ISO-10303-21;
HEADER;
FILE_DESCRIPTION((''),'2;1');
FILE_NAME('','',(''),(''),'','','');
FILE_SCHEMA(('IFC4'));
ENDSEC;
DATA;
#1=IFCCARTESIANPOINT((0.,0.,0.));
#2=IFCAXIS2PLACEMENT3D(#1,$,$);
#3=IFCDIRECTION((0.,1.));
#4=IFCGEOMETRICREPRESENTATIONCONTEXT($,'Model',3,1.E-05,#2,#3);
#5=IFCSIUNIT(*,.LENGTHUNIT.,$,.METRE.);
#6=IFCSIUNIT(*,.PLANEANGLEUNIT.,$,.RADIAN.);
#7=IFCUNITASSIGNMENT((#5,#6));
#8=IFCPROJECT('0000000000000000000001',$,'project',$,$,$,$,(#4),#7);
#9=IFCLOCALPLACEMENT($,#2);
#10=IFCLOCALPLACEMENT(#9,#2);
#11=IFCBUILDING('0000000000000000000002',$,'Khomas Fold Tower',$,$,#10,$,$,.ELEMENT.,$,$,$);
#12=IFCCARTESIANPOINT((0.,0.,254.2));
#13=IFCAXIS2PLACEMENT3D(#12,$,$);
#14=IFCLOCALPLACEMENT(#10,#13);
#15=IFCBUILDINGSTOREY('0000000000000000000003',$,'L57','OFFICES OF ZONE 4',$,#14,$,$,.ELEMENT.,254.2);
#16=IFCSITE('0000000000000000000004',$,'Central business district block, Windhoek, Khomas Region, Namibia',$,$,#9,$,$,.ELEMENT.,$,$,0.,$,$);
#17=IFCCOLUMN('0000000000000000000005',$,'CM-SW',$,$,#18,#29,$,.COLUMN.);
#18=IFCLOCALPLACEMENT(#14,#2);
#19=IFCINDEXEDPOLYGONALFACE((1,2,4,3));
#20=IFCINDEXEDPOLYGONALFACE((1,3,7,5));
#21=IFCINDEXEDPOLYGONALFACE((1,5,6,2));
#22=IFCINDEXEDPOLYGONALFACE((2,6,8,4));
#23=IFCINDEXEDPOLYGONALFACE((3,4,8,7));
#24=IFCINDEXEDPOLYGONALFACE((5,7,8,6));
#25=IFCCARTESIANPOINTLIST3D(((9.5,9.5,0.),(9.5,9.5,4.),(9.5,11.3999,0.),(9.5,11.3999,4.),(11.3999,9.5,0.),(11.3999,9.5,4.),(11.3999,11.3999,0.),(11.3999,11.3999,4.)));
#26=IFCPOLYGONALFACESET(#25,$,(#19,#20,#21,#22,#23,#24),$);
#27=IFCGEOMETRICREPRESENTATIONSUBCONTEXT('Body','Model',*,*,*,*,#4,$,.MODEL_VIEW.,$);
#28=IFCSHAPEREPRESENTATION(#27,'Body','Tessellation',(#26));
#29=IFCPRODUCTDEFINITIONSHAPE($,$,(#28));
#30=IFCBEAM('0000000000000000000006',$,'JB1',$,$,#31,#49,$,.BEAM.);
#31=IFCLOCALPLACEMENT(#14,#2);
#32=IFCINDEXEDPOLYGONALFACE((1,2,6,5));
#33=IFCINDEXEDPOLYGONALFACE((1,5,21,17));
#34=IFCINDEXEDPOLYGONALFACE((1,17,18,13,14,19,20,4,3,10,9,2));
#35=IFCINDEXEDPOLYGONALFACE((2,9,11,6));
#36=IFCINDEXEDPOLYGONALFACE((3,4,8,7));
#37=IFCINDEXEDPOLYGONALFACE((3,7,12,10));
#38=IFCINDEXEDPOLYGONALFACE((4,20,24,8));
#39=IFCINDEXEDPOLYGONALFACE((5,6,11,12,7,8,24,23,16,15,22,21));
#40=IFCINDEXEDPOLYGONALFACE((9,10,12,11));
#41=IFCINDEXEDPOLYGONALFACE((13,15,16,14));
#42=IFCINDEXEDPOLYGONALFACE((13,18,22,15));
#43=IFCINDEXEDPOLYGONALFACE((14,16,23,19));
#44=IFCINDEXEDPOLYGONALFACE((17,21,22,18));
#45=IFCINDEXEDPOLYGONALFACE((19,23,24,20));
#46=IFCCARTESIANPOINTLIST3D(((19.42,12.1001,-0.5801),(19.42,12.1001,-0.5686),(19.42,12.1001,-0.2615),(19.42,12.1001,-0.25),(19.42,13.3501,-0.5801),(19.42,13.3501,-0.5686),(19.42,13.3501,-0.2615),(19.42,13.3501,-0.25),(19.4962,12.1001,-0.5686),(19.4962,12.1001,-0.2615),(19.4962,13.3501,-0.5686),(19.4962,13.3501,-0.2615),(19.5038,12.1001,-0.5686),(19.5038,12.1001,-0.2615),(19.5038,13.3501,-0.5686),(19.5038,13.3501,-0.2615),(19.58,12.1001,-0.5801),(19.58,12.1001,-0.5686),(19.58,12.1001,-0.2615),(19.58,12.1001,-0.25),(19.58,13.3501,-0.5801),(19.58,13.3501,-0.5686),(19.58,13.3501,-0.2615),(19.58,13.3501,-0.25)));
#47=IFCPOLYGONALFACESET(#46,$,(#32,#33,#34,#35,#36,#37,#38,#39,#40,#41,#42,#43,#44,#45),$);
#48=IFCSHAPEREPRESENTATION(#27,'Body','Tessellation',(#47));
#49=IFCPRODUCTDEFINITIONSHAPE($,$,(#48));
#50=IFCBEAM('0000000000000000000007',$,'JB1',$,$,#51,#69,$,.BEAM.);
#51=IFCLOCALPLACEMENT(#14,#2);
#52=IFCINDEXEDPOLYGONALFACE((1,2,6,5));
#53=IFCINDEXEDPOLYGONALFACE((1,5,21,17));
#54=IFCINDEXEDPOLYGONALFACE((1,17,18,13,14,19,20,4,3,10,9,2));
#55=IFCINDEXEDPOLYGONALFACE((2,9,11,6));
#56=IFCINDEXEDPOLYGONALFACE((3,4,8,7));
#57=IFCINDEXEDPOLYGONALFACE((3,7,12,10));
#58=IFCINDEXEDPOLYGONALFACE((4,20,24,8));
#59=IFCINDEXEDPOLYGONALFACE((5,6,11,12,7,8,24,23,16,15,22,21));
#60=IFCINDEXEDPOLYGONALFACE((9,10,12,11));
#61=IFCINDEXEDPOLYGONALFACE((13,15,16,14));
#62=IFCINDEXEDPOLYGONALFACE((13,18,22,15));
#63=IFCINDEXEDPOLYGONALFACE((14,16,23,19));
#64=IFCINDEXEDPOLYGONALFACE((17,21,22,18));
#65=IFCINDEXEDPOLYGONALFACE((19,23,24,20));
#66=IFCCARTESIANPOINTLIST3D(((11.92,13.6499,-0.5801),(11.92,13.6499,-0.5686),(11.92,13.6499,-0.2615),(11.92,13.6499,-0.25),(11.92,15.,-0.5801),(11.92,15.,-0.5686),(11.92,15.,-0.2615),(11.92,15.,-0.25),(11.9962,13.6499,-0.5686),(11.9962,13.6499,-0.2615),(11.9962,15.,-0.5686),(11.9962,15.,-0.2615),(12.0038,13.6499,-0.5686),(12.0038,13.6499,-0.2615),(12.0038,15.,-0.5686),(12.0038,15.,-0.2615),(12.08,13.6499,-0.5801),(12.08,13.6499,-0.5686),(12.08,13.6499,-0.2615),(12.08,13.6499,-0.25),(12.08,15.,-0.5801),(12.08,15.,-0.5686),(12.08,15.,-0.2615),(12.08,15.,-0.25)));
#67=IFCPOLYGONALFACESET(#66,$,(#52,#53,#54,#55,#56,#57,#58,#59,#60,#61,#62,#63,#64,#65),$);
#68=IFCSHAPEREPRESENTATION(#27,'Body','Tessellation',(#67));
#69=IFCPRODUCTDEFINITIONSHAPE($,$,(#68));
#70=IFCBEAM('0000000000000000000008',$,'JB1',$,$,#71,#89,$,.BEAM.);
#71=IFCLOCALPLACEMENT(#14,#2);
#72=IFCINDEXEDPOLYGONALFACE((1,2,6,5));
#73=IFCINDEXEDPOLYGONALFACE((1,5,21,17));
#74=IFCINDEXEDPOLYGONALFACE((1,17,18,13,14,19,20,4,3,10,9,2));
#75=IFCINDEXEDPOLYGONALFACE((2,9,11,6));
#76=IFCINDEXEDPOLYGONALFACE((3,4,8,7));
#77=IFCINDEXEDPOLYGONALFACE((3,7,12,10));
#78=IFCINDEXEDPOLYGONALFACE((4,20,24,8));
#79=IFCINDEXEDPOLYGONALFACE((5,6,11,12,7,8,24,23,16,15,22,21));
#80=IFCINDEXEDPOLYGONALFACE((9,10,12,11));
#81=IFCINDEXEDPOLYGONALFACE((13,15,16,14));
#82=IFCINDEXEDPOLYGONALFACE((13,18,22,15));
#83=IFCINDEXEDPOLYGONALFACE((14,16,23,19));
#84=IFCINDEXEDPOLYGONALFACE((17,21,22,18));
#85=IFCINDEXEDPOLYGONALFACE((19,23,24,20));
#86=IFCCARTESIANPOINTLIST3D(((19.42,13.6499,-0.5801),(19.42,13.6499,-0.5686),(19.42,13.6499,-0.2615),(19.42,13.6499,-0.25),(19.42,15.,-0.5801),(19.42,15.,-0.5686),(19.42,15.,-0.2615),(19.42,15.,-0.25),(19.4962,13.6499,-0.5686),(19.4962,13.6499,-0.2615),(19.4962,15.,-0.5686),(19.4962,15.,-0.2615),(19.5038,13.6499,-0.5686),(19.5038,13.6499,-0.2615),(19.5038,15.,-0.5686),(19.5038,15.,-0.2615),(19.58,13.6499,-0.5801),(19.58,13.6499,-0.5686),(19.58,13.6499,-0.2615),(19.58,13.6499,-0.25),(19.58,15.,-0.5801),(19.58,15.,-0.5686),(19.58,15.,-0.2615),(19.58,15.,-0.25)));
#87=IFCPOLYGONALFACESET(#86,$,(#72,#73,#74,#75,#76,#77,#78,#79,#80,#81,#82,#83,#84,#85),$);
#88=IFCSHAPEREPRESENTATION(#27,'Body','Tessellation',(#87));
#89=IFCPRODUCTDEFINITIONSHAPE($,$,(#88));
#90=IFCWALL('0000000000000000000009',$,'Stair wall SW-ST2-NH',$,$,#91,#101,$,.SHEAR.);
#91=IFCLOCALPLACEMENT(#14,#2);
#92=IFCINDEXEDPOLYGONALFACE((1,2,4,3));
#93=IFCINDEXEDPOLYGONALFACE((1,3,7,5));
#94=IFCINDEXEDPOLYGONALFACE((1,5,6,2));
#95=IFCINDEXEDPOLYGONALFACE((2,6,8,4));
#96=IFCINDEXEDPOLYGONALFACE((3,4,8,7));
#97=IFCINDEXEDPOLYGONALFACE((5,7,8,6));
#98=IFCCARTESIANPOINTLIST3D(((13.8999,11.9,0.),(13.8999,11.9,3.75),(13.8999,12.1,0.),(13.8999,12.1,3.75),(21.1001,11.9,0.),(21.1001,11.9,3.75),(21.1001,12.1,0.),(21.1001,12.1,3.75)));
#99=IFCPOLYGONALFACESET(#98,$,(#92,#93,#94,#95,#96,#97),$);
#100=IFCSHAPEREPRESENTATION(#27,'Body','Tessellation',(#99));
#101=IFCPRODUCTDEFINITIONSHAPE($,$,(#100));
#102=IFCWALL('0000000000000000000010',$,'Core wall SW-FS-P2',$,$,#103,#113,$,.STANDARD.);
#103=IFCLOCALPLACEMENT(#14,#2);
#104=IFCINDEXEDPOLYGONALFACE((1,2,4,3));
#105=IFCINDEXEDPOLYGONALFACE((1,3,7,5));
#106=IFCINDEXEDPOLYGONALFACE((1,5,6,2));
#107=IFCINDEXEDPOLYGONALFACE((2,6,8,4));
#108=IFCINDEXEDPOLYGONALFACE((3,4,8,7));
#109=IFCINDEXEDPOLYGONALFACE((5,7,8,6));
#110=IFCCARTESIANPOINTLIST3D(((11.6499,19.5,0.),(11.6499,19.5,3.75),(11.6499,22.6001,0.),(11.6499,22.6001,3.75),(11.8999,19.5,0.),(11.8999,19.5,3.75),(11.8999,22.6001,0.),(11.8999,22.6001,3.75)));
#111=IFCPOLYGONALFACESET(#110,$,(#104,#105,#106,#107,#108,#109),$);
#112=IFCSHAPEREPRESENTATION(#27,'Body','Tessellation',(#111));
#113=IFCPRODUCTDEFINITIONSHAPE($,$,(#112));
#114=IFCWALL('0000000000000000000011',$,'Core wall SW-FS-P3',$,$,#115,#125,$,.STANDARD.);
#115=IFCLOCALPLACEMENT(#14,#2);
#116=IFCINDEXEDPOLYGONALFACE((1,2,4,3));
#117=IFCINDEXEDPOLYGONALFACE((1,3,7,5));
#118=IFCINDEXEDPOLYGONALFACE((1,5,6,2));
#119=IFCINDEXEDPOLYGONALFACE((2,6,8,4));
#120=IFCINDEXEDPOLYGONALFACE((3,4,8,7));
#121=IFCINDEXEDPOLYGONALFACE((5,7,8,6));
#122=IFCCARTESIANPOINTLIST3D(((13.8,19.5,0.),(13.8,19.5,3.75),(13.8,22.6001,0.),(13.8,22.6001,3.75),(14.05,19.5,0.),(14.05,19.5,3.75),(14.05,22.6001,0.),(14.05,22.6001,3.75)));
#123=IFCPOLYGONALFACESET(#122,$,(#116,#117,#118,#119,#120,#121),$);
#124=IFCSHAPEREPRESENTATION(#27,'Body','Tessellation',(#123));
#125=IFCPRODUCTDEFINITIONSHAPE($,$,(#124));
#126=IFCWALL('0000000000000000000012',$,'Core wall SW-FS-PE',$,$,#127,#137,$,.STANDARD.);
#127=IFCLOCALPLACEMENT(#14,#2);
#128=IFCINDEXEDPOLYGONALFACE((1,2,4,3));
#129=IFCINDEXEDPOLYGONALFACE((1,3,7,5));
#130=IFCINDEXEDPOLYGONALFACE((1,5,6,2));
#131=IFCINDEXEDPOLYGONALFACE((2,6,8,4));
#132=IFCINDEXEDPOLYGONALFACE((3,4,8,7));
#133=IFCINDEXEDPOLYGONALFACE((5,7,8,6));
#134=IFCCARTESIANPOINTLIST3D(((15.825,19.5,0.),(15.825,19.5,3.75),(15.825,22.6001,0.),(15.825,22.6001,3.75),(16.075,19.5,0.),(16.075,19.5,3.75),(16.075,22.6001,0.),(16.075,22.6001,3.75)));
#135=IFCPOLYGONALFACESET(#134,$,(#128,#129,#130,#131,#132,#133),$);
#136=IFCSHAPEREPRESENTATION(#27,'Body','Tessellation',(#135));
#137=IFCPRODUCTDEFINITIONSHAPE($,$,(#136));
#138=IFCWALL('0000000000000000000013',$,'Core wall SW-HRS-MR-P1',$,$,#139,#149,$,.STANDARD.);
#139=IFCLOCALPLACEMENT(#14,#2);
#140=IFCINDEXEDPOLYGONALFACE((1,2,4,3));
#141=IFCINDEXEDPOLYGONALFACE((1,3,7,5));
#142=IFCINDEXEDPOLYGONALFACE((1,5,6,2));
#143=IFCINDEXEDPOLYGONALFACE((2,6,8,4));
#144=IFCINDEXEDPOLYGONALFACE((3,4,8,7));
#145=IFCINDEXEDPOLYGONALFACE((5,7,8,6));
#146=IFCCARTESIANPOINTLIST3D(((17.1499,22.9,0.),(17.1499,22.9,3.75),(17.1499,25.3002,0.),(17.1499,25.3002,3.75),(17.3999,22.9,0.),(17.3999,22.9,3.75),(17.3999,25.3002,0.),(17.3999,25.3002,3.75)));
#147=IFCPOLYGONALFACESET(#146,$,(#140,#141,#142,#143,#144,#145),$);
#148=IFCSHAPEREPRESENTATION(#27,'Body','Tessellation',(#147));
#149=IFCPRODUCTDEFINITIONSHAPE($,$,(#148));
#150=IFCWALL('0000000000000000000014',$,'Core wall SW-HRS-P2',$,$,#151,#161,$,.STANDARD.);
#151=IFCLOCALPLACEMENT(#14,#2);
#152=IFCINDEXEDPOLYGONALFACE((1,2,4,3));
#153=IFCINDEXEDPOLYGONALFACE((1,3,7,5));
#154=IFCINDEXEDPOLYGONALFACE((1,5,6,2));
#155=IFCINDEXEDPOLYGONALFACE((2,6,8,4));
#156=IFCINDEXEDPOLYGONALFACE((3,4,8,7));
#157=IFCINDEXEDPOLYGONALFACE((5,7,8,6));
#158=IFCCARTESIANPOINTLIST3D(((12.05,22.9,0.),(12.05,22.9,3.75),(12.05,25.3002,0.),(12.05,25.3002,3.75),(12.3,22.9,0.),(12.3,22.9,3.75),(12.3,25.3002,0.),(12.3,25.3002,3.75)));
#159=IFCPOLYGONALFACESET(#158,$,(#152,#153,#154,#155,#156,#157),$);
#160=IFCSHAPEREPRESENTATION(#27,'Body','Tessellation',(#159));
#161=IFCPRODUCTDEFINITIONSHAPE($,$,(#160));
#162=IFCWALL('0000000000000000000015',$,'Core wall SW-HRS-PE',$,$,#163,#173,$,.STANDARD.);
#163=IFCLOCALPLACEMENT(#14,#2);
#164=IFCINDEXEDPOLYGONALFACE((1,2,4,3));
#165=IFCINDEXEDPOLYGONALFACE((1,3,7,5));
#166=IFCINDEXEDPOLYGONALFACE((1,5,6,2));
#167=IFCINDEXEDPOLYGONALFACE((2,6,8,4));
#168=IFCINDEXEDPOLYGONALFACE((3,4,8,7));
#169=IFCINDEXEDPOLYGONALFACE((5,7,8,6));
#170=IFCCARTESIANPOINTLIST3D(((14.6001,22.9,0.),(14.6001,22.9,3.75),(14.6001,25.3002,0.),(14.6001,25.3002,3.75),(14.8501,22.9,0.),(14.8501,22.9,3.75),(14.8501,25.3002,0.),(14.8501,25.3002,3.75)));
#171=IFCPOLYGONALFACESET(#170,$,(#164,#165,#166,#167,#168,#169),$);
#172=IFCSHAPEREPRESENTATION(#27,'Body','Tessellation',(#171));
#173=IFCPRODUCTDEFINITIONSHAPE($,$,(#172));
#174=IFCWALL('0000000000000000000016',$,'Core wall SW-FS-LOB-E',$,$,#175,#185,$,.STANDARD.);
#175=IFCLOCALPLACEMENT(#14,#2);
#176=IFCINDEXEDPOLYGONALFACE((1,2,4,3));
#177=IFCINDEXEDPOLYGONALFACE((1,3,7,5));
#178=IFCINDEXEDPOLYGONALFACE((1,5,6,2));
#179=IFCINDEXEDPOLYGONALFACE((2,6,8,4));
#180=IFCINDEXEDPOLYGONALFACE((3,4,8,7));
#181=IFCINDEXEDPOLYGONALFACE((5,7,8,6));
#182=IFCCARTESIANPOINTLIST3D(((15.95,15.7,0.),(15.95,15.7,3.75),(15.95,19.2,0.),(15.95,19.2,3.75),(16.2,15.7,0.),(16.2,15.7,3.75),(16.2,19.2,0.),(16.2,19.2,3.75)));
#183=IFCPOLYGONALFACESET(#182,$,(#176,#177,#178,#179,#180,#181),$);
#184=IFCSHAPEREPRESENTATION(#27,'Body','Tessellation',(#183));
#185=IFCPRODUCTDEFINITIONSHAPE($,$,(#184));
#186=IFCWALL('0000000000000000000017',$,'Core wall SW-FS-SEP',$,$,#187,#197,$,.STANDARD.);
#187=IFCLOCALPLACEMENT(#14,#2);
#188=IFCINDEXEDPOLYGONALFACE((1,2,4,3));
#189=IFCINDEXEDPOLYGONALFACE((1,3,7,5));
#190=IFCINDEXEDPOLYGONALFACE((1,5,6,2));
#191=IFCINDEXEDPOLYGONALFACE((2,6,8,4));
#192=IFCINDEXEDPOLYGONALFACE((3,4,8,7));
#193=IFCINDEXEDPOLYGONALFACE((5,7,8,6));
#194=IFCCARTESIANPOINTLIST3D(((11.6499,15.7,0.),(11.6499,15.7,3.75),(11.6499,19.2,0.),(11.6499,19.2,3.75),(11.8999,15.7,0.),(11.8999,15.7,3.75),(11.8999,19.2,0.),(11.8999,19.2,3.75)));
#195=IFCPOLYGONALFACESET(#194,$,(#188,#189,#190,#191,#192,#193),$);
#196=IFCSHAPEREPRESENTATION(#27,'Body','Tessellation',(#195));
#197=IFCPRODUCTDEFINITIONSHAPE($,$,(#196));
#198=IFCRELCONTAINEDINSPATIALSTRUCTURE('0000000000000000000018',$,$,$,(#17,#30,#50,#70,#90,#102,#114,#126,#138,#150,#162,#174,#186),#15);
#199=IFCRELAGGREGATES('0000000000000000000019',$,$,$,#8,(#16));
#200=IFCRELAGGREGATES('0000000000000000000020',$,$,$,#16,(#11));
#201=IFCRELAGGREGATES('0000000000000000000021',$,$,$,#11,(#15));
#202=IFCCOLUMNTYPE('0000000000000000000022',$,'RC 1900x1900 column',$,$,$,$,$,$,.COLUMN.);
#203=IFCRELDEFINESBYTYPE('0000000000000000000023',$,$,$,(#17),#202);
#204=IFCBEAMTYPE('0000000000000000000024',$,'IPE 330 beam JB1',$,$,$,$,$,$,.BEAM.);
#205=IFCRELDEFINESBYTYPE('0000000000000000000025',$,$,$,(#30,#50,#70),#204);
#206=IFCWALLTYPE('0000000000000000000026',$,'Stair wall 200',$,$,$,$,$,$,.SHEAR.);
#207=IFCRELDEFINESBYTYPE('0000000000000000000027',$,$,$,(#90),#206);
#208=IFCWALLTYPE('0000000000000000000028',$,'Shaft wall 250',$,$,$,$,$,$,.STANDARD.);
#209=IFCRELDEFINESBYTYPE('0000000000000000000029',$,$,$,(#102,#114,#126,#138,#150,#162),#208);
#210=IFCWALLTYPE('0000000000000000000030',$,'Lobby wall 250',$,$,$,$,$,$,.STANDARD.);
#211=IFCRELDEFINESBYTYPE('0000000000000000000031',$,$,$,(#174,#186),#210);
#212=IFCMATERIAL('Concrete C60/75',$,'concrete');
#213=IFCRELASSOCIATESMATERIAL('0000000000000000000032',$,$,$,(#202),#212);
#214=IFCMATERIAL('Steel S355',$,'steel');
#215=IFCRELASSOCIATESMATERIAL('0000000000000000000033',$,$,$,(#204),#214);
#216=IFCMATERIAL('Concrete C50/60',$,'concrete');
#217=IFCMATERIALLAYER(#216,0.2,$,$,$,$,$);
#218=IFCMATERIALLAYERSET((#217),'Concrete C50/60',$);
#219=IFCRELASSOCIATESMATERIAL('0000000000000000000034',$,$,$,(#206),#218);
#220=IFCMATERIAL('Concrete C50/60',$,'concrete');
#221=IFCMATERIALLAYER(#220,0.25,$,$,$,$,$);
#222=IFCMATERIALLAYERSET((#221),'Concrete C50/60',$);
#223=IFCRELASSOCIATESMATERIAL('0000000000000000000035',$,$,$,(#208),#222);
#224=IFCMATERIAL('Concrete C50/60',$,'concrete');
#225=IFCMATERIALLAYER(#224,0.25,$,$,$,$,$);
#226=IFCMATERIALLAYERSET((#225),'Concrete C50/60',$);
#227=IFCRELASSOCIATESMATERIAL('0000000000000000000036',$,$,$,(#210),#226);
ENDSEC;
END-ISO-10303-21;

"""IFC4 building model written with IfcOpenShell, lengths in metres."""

from ifc_helpers import new_model, si_unit, direction, frame, frame_2d, origin, origin_2d, place, context, subcontext, project, spatial, rectangle, i_section, extrude, source, transform, mapped, material, layer, layer_set, material_profile, profile_set, type_object, element, save


model = new_model("IFC4")

# Units and contexts
model_context = context("Model", 3, precision=1e-05, world=origin(), true_north=direction((0.0, 1.0)))
body_context = subcontext(model_context, "Body", "Model", "MODEL_VIEW")
ifc_project = project(units=[si_unit("LENGTHUNIT", "METRE"), si_unit("PLANEANGLEUNIT", "RADIAN")], contexts=[model_context])

# Site, building, storey
site_placement = place(None, origin())
site = spatial("IfcSite", under=ifc_project, at=site_placement, Name="Central business district block, Windhoek, Khomas Region, Namibia", CompositionType="ELEMENT", RefElevation=0.0)
building_placement = place(site_placement, origin())
building = spatial("IfcBuilding", under=site, at=building_placement, Name="Khomas Fold Tower", CompositionType="ELEMENT")
storey_placement = place(building_placement, frame((0.0, 0.0, 254.2)))
storey = spatial("IfcBuildingStorey", under=building, at=storey_placement, Name="L57", Description="OFFICES OF ZONE 4", CompositionType="ELEMENT", Elevation=254.2)

# Column
ifc_material_1 = material(Name="Concrete C60/75", Category="concrete")
ifc_material_profile_1 = material_profile(ifc_material_1, rectangle(XDim=1.8999, YDim=1.8999, at=origin_2d()), Name="RC 1900x1900")
ifc_profile_set_1 = profile_set([ifc_material_profile_1], Name="Concrete C60/75")
column_type = type_object("IfcColumnType", Name="RC 1900x1900 column", PredefinedType="COLUMN", material=ifc_profile_set_1)
shared_shape_1 = source(origin(), body_context, "Body", "SweptSolid", [
    extrude(rectangle(XDim=1.8999, YDim=1.8999, at=origin_2d()), origin(), (0.0, 0.0, 1.0), 4.0),
])
column_placement = place(storey_placement, frame((10.45, 10.45, 0.0), z_axis=(0.0, 0.0, 1.0), x_axis=(1.0, 0.0, 0.0)))
element("IfcColumn", 1, at=column_placement, inside=storey, type_object=column_type, Name="CM-SW", PredefinedType="COLUMN", context=body_context, shape_type="MappedRepresentation", body=[
    mapped(shared_shape_1, transform((0.0, 0.0, 0.0))),
])

# Beams
ifc_material_2 = material(Name="Steel S355", Category="steel")
ifc_material_profile_2 = material_profile(ifc_material_2, i_section(OverallWidth=0.1599, OverallDepth=0.3301, WebThickness=0.0076, FlangeThickness=0.0115, at=origin_2d()), Name="IPE 330")
ifc_profile_set_2 = profile_set([ifc_material_profile_2], Name="Steel S355")
beam_type = type_object("IfcBeamType", Name="IPE 330 beam JB1", PredefinedType="BEAM", material=ifc_profile_set_2)
shared_shape_2 = source(origin(), body_context, "Body", "SweptSolid", [
    extrude(i_section(OverallWidth=0.1599, OverallDepth=0.3301, WebThickness=0.0076, FlangeThickness=0.0115, at=origin_2d()), origin(), (0.0, 0.0, 1.0), 1.25),
])
beam_placement = place(storey_placement, frame((19.5, 12.1001, -0.415), z_axis=(0.0, 1.0, 0.0), x_axis=(-1.0, 0.0, 0.0)))
element("IfcBeam", 2, at=beam_placement, inside=storey, type_object=beam_type, Name="JB1", PredefinedType="BEAM", context=body_context, shape_type="MappedRepresentation", body=[
    mapped(shared_shape_2, transform((0.0, 0.0, 0.0))),
])
shared_shape_3 = source(origin(), body_context, "Body", "SweptSolid", [
    extrude(i_section(OverallWidth=0.1599, OverallDepth=0.3301, WebThickness=0.0076, FlangeThickness=0.0115, at=origin_2d()), origin(), (0.0, 0.0, 1.0), 1.3501),
])
for number, where, z_axis, x_axis, name in (
    (3, (12.0, 13.6499, -0.415), (0.0, 1.0, 0.0), (-1.0, 0.0, 0.0), "JB1"),
    (4, (19.5, 13.6499, -0.415), (0.0, 1.0, 0.0), (-1.0, 0.0, 0.0), "JB1"),
):
    element("IfcBeam", number, at=place(storey_placement, frame(where, z_axis=z_axis, x_axis=x_axis)), inside=storey, type_object=beam_type, Name=name, PredefinedType="BEAM", context=body_context, shape_type="MappedRepresentation", body=[
        mapped(shared_shape_3, transform((0.0, 0.0, 0.0))),
    ])

# Walls
ifc_material_3 = material(Name="Concrete C50/60", Category="concrete")
ifc_layer_1 = layer(ifc_material_3, 0.2)
ifc_layer_set_1 = layer_set([ifc_layer_1], Name="Concrete C50/60")
wall_type_1 = type_object("IfcWallType", Name="Stair wall 200", PredefinedType="SHEAR", material=ifc_layer_set_1)
shared_shape_4 = source(origin(), body_context, "Body", "SweptSolid", [
    extrude(rectangle(XDim=7.2002, YDim=0.2, at=frame_2d((3.6001, 0.0))), origin(), (0.0, 0.0, 1.0), 3.75),
])
wall_1_placement = place(storey_placement, frame((13.8999, 12.0, 0.0), z_axis=(0.0, 0.0, 1.0), x_axis=(1.0, 0.0, 0.0)))
element("IfcWall", 5, at=wall_1_placement, inside=storey, type_object=wall_type_1, Name="Stair wall SW-ST2-NH", PredefinedType="SHEAR", context=body_context, shape_type="MappedRepresentation", body=[
    mapped(shared_shape_4, transform((0.0, 0.0, 0.0))),
])
ifc_material_4 = material(Name="Concrete C50/60", Category="concrete")
ifc_layer_2 = layer(ifc_material_4, 0.25)
ifc_layer_set_2 = layer_set([ifc_layer_2], Name="Concrete C50/60")
wall_type_2 = type_object("IfcWallType", Name="Shaft wall 250", PredefinedType="STANDARD", material=ifc_layer_set_2)
shared_shape_5 = source(origin(), body_context, "Body", "SweptSolid", [
    extrude(rectangle(XDim=3.1001, YDim=0.25, at=frame_2d((1.55, 0.0))), origin(), (0.0, 0.0, 1.0), 3.75),
])
for number, where, z_axis, x_axis, name in (
    (6, (11.7749, 19.5, 0.0), (0.0, 0.0, 1.0), (0.0, 1.0, 0.0), "Core wall SW-FS-P2"),
    (7, (13.925, 19.5, 0.0), (0.0, 0.0, 1.0), (0.0, 1.0, 0.0), "Core wall SW-FS-P3"),
    (8, (15.95, 19.5, 0.0), (0.0, 0.0, 1.0), (0.0, 1.0, 0.0), "Core wall SW-FS-PE"),
):
    element("IfcWall", number, at=place(storey_placement, frame(where, z_axis=z_axis, x_axis=x_axis)), inside=storey, type_object=wall_type_2, Name=name, PredefinedType="STANDARD", context=body_context, shape_type="MappedRepresentation", body=[
        mapped(shared_shape_5, transform((0.0, 0.0, 0.0))),
    ])
shared_shape_6 = source(origin(), body_context, "Body", "SweptSolid", [
    extrude(rectangle(XDim=2.4001, YDim=0.25, at=frame_2d((1.2002, 0.0))), origin(), (0.0, 0.0, 1.0), 3.75),
])
for number, where, z_axis, x_axis, name in (
    (9, (17.2749, 22.8999, 0.0), (0.0, 0.0, 1.0), (0.0, 1.0, 0.0), "Core wall SW-HRS-MR-P1"),
    (10, (12.175, 22.8999, 0.0), (0.0, 0.0, 1.0), (0.0, 1.0, 0.0), "Core wall SW-HRS-P2"),
    (11, (14.7251, 22.8999, 0.0), (0.0, 0.0, 1.0), (0.0, 1.0, 0.0), "Core wall SW-HRS-PE"),
):
    element("IfcWall", number, at=place(storey_placement, frame(where, z_axis=z_axis, x_axis=x_axis)), inside=storey, type_object=wall_type_2, Name=name, PredefinedType="STANDARD", context=body_context, shape_type="MappedRepresentation", body=[
        mapped(shared_shape_6, transform((0.0, 0.0, 0.0))),
    ])
ifc_material_5 = material(Name="Concrete C50/60", Category="concrete")
ifc_layer_3 = layer(ifc_material_5, 0.25)
ifc_layer_set_3 = layer_set([ifc_layer_3], Name="Concrete C50/60")
wall_type_3 = type_object("IfcWallType", Name="Lobby wall 250", PredefinedType="STANDARD", material=ifc_layer_set_3)
shared_shape_7 = source(origin(), body_context, "Body", "SweptSolid", [
    extrude(rectangle(XDim=3.5, YDim=0.25, at=frame_2d((1.75, 0.0))), origin(), (0.0, 0.0, 1.0), 3.75),
])
for number, where, z_axis, x_axis, name in (
    (12, (16.075, 15.7, 0.0), (0.0, 0.0, 1.0), (0.0, 1.0, 0.0), "Core wall SW-FS-LOB-E"),
    (13, (11.7749, 15.7, 0.0), (0.0, 0.0, 1.0), (0.0, 1.0, 0.0), "Core wall SW-FS-SEP"),
):
    element("IfcWall", number, at=place(storey_placement, frame(where, z_axis=z_axis, x_axis=x_axis)), inside=storey, type_object=wall_type_3, Name=name, PredefinedType="STANDARD", context=body_context, shape_type="MappedRepresentation", body=[
        mapped(shared_shape_7, transform((0.0, 0.0, 0.0))),
    ])

save(model, "model.ifc")
